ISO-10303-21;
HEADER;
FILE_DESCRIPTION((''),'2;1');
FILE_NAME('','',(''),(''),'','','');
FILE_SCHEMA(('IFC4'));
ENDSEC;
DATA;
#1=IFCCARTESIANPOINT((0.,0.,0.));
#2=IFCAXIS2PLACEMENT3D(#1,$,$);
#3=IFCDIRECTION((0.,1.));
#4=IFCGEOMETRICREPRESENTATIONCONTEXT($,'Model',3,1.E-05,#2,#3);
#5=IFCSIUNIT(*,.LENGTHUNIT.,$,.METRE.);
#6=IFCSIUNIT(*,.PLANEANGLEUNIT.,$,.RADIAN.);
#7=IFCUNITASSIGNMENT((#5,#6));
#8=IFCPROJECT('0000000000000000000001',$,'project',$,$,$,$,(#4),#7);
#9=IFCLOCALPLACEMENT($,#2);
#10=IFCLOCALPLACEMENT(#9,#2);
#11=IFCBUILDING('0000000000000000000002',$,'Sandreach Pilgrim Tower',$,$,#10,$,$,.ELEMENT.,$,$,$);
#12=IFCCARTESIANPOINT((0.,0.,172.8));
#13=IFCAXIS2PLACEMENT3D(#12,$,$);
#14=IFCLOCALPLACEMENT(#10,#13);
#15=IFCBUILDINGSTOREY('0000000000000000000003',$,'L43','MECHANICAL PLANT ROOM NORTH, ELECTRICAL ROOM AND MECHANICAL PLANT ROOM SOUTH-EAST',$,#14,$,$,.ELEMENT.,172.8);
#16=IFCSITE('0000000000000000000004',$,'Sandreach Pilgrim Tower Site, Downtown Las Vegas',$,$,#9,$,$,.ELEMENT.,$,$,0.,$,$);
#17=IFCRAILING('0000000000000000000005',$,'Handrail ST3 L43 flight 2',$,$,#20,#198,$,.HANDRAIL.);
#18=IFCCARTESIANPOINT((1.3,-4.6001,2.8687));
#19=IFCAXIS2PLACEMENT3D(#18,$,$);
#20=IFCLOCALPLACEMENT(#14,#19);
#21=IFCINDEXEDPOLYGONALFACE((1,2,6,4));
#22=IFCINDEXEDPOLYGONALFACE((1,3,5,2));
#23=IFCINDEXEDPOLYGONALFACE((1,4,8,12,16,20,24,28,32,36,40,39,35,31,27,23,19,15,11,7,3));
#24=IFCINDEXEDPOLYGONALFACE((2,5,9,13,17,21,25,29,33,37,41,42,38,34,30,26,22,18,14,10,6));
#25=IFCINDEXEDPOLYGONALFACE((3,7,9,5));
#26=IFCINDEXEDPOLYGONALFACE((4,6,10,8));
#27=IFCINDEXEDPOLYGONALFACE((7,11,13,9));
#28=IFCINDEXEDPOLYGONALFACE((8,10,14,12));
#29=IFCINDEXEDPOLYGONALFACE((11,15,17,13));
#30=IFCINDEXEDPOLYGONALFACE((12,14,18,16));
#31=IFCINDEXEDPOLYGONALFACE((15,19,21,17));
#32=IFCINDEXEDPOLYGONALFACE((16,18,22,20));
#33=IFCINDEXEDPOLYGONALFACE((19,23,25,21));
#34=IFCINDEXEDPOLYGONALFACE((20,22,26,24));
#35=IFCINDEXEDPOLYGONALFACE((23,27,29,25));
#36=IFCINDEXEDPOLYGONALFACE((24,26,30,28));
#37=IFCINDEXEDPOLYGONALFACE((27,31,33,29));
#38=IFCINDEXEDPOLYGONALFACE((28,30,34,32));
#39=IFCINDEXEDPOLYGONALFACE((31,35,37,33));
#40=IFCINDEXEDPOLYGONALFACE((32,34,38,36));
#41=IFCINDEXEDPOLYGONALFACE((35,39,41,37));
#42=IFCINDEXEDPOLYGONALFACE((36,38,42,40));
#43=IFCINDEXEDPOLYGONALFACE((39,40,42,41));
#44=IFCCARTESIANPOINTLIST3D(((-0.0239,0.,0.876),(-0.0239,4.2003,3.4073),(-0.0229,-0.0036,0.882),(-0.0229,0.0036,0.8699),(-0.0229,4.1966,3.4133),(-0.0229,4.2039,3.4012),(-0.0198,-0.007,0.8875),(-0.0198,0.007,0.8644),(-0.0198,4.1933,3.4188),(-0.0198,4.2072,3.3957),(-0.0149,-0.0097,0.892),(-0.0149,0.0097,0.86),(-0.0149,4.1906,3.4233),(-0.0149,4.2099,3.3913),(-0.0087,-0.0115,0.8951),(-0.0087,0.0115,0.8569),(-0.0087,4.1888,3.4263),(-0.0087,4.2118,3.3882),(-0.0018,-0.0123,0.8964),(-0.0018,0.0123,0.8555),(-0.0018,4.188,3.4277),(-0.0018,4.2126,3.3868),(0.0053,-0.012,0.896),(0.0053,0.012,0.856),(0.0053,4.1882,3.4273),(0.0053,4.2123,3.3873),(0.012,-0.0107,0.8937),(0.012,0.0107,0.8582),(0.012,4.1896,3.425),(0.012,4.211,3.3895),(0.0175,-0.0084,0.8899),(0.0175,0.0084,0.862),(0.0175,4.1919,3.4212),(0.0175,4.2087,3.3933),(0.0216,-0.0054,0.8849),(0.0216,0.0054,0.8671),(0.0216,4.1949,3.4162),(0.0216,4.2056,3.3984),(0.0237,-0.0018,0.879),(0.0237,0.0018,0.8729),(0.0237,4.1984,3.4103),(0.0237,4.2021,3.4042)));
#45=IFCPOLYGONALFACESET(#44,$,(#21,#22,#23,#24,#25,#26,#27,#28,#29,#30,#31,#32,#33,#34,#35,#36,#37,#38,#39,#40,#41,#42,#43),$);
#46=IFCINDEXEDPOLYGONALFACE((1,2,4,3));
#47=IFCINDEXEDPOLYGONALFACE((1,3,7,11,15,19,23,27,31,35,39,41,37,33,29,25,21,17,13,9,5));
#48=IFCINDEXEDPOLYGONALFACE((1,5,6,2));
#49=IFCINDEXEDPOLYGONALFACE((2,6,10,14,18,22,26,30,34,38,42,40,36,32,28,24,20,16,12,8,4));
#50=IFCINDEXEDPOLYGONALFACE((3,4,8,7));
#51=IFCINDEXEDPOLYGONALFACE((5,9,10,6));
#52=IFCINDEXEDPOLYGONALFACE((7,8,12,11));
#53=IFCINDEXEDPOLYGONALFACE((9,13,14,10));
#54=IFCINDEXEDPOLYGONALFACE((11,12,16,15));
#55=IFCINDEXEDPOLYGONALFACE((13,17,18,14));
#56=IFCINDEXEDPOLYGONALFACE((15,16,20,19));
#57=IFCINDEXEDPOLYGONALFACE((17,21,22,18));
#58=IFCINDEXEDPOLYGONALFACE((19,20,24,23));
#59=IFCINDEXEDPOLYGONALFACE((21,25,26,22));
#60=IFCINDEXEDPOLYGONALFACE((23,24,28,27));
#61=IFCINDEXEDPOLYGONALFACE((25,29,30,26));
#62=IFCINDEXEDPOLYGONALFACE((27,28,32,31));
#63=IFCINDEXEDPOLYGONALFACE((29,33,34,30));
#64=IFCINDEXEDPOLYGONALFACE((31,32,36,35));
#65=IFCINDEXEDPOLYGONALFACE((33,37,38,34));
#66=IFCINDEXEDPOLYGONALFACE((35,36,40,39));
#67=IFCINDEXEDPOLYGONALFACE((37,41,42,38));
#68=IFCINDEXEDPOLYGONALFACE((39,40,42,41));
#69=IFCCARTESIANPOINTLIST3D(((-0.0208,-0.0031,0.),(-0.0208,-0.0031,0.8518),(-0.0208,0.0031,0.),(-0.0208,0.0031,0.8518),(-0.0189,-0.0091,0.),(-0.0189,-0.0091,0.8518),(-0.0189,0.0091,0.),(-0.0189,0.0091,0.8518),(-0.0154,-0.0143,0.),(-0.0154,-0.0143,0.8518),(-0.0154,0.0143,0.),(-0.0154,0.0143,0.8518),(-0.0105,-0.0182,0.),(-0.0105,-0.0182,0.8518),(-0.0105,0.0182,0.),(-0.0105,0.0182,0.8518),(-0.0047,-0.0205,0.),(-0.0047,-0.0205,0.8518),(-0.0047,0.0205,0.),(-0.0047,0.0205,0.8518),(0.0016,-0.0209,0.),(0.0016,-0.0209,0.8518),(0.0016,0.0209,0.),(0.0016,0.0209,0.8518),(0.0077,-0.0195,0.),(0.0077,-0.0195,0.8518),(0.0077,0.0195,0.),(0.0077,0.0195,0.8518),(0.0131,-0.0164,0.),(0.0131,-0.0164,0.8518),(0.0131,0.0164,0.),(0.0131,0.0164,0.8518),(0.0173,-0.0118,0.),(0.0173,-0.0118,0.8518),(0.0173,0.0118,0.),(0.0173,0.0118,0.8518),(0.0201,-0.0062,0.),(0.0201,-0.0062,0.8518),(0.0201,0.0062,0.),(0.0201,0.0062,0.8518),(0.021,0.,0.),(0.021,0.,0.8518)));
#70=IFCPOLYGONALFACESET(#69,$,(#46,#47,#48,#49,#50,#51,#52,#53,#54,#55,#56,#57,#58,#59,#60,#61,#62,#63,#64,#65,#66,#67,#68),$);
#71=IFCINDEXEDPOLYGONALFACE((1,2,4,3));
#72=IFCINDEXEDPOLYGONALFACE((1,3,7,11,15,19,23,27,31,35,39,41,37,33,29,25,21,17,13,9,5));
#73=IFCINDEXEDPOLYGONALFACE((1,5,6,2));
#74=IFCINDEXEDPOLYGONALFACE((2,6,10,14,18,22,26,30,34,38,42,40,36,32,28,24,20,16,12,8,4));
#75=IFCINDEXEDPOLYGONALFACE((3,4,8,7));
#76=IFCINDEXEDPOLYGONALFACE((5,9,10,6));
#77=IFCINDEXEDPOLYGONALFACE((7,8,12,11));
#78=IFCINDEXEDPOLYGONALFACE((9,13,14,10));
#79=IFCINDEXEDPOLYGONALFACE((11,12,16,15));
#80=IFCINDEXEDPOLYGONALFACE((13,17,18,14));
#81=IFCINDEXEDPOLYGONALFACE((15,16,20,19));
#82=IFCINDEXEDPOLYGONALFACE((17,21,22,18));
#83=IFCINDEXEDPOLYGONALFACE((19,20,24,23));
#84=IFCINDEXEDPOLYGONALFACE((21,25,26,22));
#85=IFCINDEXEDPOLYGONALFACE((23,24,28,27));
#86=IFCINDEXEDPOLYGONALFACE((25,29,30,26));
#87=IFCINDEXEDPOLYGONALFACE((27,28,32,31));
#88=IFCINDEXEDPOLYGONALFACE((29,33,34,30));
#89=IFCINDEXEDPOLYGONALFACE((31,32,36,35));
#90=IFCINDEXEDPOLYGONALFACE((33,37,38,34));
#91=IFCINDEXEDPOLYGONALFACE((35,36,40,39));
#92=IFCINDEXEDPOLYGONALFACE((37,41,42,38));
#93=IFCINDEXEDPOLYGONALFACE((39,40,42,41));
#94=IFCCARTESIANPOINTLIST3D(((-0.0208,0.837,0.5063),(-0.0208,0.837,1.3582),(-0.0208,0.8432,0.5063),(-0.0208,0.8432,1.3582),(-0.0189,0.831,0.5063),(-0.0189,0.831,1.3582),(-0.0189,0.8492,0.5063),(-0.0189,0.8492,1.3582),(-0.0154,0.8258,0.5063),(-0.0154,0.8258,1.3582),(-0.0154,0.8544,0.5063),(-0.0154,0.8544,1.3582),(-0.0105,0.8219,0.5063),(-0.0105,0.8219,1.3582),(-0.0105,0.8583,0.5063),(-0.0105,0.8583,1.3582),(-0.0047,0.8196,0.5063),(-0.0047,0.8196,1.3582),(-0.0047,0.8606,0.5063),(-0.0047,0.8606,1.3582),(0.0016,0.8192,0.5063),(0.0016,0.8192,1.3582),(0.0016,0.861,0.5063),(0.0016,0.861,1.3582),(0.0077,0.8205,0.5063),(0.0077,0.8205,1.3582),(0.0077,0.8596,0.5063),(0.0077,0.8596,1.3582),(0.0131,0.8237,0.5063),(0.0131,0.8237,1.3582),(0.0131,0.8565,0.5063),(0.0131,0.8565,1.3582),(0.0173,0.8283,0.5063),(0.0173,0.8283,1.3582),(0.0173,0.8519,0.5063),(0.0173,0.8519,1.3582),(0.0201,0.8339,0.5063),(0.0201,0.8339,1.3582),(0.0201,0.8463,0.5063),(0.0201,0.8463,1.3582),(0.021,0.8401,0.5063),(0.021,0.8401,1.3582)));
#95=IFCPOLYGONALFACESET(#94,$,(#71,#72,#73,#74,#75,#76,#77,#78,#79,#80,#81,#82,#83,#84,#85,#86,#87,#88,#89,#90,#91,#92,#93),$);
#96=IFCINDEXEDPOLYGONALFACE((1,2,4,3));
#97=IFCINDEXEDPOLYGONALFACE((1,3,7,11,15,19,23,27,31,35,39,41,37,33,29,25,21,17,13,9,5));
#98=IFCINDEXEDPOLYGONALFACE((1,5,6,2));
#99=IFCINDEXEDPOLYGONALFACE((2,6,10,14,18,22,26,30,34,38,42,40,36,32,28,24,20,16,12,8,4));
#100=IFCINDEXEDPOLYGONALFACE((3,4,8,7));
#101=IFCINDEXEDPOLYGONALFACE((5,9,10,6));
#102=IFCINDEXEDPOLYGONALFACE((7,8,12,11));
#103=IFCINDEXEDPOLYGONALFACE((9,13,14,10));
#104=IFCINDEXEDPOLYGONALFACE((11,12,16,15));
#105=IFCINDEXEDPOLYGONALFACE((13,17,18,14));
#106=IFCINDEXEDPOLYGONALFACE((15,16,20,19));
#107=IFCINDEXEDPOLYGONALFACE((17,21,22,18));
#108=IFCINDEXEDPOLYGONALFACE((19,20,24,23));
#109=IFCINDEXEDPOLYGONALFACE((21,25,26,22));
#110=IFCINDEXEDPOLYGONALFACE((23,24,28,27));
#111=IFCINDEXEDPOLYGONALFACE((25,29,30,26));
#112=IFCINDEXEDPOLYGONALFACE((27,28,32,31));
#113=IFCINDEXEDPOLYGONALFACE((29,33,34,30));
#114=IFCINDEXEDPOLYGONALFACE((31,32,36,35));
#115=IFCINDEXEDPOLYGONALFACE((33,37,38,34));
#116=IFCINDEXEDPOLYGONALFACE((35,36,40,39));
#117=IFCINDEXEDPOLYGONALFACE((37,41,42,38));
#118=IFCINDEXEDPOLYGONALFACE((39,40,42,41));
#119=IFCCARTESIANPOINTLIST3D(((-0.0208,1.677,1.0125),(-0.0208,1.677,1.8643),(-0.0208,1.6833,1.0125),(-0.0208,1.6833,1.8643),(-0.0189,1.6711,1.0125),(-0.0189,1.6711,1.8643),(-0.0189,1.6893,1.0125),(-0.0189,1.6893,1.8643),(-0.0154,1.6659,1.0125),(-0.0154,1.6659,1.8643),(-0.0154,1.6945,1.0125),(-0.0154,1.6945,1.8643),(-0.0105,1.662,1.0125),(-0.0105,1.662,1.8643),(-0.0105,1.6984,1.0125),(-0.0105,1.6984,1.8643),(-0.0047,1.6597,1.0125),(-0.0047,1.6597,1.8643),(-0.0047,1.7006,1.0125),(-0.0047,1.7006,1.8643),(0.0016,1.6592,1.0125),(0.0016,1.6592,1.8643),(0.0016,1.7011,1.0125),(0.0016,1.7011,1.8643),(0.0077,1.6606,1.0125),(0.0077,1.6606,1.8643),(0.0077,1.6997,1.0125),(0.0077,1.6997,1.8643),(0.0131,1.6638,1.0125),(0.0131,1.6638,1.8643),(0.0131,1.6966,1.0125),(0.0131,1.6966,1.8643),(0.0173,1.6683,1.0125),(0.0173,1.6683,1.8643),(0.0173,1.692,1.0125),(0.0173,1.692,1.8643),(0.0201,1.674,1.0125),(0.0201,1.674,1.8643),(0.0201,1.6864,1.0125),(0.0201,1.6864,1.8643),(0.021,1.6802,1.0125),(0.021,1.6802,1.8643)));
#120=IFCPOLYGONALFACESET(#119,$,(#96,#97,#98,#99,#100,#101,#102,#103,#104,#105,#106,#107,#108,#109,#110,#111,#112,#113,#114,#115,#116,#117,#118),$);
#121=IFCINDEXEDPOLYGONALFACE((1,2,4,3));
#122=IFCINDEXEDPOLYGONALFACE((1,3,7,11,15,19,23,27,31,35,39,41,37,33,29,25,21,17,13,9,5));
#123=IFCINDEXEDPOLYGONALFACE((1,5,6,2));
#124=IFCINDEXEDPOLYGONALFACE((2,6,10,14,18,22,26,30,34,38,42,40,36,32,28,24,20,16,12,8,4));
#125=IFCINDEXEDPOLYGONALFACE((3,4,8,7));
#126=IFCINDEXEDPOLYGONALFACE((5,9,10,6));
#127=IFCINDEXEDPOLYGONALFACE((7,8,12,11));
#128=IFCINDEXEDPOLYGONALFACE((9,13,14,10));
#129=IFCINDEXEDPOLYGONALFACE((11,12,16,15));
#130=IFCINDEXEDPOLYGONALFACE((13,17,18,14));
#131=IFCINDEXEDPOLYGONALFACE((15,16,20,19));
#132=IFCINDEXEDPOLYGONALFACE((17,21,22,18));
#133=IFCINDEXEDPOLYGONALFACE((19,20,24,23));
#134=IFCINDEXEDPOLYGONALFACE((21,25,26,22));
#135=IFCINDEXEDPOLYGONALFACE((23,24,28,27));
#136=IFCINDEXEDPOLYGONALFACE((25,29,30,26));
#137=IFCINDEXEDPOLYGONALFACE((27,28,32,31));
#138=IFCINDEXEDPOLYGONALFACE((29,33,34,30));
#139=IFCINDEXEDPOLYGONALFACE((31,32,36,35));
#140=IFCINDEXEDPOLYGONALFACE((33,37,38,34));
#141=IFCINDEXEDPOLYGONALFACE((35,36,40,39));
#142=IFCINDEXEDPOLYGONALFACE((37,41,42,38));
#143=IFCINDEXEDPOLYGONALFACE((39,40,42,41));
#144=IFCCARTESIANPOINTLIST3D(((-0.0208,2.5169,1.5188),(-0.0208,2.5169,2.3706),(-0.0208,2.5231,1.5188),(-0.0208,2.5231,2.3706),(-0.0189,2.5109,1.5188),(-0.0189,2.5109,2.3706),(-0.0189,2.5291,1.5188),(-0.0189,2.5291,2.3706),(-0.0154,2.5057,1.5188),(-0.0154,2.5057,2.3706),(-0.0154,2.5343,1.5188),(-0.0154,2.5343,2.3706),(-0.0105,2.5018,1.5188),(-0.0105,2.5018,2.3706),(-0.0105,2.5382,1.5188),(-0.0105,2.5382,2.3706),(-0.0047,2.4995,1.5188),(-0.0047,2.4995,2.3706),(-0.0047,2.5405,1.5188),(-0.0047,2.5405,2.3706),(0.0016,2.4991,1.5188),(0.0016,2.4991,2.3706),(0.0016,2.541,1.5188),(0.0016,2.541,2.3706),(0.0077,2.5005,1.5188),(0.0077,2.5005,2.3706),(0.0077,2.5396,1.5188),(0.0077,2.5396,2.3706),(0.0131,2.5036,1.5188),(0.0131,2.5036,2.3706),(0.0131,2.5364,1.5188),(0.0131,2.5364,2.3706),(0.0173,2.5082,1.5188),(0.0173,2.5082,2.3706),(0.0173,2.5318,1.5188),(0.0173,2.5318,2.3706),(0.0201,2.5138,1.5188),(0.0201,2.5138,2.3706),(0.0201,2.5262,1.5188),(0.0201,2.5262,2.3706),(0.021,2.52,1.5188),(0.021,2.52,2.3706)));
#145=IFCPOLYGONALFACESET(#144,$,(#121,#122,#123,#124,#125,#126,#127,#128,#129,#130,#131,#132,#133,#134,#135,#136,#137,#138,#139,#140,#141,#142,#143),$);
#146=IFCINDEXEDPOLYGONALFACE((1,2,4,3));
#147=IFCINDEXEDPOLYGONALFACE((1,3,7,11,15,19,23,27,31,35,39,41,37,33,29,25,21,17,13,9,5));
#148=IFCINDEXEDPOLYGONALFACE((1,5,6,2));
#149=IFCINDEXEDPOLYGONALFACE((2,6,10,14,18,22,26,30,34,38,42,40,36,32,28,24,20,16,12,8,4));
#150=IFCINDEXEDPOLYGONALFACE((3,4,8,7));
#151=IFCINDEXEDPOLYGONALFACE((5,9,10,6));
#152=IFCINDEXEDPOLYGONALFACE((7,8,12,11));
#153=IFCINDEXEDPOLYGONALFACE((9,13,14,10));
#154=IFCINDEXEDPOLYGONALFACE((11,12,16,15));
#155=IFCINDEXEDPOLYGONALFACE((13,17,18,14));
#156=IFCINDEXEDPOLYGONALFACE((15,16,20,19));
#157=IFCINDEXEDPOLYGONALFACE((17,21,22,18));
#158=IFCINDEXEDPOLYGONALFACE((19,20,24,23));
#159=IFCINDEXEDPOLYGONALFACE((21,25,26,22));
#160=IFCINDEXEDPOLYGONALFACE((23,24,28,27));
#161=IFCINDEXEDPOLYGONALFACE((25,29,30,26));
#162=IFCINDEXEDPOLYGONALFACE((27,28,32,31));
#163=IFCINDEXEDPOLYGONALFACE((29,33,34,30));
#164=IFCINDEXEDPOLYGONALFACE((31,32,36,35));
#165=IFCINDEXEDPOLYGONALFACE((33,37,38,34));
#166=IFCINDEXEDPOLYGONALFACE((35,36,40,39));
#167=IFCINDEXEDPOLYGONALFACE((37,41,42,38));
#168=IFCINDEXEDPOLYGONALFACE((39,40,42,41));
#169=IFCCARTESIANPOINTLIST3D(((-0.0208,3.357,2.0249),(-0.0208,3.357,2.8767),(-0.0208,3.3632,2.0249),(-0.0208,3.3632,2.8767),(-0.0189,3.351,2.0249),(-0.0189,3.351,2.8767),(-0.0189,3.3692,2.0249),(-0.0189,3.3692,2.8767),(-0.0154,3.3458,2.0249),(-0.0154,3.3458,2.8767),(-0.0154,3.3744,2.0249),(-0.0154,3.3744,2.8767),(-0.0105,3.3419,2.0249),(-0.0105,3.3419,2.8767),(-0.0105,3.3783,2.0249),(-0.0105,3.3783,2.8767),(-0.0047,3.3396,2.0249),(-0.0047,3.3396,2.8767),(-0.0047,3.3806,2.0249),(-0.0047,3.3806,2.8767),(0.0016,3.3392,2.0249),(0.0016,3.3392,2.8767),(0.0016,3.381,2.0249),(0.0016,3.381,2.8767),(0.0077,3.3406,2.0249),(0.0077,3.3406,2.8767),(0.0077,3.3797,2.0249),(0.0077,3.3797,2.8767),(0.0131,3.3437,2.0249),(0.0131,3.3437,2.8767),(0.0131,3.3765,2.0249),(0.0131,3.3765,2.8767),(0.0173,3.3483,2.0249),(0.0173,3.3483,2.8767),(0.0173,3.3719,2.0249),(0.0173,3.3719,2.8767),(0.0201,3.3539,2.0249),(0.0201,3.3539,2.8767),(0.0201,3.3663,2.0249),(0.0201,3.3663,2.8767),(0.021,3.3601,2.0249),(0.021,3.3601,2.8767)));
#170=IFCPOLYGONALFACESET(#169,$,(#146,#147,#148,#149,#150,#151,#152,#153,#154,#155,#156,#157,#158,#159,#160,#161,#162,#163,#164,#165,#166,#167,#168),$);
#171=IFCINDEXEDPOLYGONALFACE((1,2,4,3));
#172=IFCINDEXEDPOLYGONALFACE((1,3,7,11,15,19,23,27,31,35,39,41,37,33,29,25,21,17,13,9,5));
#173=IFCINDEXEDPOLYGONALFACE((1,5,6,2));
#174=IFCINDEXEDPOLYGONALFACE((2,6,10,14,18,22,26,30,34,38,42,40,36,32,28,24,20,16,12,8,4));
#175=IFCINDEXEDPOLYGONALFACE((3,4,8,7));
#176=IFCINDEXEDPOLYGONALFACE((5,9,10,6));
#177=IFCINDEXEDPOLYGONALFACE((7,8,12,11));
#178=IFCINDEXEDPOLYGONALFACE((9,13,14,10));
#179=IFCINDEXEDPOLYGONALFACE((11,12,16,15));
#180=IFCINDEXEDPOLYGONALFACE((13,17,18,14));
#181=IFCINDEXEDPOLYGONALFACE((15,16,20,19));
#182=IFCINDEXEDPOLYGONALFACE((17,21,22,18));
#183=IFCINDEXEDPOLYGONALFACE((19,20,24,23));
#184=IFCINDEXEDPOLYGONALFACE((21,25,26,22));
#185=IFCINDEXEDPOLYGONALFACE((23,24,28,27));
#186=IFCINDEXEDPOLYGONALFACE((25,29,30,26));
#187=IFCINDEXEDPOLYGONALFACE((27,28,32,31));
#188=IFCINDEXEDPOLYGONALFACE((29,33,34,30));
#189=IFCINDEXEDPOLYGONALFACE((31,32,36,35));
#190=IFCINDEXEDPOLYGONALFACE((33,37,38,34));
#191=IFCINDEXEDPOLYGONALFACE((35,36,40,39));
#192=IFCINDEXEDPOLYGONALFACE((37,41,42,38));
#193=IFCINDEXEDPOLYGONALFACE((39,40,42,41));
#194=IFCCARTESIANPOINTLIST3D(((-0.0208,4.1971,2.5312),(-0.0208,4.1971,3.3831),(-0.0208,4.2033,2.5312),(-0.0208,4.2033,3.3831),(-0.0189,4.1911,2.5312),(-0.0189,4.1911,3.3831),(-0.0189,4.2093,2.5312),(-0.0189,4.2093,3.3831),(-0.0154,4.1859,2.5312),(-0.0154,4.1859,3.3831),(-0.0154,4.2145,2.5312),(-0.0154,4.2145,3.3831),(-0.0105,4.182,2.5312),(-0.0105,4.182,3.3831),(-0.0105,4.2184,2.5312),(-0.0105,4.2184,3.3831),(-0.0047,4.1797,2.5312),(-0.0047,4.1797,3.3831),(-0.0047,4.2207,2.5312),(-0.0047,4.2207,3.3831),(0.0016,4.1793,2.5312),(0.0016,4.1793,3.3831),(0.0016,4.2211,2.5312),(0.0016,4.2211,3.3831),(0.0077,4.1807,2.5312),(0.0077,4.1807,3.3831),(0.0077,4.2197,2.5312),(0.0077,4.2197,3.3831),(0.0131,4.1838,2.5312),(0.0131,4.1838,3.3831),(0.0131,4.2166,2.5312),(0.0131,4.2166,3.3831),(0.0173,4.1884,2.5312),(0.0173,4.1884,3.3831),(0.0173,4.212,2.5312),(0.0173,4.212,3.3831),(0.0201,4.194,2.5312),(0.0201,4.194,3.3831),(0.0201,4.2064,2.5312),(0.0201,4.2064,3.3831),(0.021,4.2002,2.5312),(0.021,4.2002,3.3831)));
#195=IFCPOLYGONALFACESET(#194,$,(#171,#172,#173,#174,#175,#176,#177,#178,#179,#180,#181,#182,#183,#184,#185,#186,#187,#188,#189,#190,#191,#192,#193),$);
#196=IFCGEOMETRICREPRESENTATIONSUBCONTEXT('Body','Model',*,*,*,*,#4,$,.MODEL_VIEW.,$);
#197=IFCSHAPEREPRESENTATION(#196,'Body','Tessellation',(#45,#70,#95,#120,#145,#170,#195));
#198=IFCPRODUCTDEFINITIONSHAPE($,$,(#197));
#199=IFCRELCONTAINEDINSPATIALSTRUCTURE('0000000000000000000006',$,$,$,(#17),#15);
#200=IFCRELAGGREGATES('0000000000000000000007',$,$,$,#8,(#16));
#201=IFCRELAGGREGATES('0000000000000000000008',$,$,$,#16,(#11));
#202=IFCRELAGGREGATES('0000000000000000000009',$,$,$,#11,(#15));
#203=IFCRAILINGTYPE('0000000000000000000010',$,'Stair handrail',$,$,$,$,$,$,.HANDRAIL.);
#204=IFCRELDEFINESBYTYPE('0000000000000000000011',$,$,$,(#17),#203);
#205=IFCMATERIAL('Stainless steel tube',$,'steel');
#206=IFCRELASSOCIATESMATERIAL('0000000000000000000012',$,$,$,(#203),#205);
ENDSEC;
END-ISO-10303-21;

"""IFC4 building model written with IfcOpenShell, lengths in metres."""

from ifc_helpers import new_model, si_unit, direction, frame, origin, origin_2d, place, context, subcontext, project, spatial, circle, extrude, material, type_object, element, save


model = new_model("IFC4")

# Units and contexts
model_context = context("Model", 3, precision=1e-05, world=origin(), true_north=direction((0.0, 1.0)))
body_context = subcontext(model_context, "Body", "Model", "MODEL_VIEW")
ifc_project = project(units=[si_unit("LENGTHUNIT", "METRE"), si_unit("PLANEANGLEUNIT", "RADIAN")], contexts=[model_context])

# Site, building, storey
site_placement = place(None, origin())
site = spatial("IfcSite", under=ifc_project, at=site_placement, Name="Sandreach Pilgrim Tower Site, Downtown Las Vegas", CompositionType="ELEMENT", RefElevation=0.0)
building_placement = place(site_placement, origin())
building = spatial("IfcBuilding", under=site, at=building_placement, Name="Sandreach Pilgrim Tower", CompositionType="ELEMENT")
storey_placement = place(building_placement, frame((0.0, 0.0, 172.8)))
storey = spatial("IfcBuildingStorey", under=building, at=storey_placement, Name="L43", Description="MECHANICAL PLANT ROOM NORTH, ELECTRICAL ROOM AND MECHANICAL PLANT ROOM SOUTH-EAST", CompositionType="ELEMENT", Elevation=172.8)

# Railing
ifc_material_1 = material(Name="Stainless steel tube", Category="steel")
railing_type = type_object("IfcRailingType", Name="Stair handrail", PredefinedType="HANDRAIL", material=ifc_material_1)
for number, where, name in (
    (1, (1.3, -4.6001, 2.8687), "Handrail ST3 L43 flight 2"),
):
    element("IfcRailing", number, at=place(storey_placement, frame(where)), inside=storey, type_object=railing_type, Name=name, PredefinedType="HANDRAIL", context=body_context, shape_type="SweptSolid", body=[
        extrude(circle(Radius=0.0239, at=origin_2d()), frame((0.0, 0.0, 0.876), z_axis=(0.0, 0.85649, 0.516164), x_axis=(-1.0, 0.0, 0.0)), (0.0, 0.0, 1.0), 4.9041),
        extrude(circle(Radius=0.021, at=origin_2d()), origin(), (0.0, 0.0, 1.0), 0.8518),
        extrude(circle(Radius=0.021, at=origin_2d()), frame((0.0, 0.8401, 0.5063)), (0.0, 0.0, 1.0), 0.8518),
        extrude(circle(Radius=0.021, at=origin_2d()), frame((0.0, 1.6802, 1.0125)), (0.0, 0.0, 1.0), 0.8518),
        extrude(circle(Radius=0.021, at=origin_2d()), frame((0.0, 2.52, 1.5188)), (0.0, 0.0, 1.0), 0.8518),
        extrude(circle(Radius=0.021, at=origin_2d()), frame((0.0, 3.3601, 2.0249)), (0.0, 0.0, 1.0), 0.8518),
        extrude(circle(Radius=0.021, at=origin_2d()), frame((0.0, 4.2002, 2.5312)), (0.0, 0.0, 1.0), 0.8518),
    ])

save(model, "model.ifc")
